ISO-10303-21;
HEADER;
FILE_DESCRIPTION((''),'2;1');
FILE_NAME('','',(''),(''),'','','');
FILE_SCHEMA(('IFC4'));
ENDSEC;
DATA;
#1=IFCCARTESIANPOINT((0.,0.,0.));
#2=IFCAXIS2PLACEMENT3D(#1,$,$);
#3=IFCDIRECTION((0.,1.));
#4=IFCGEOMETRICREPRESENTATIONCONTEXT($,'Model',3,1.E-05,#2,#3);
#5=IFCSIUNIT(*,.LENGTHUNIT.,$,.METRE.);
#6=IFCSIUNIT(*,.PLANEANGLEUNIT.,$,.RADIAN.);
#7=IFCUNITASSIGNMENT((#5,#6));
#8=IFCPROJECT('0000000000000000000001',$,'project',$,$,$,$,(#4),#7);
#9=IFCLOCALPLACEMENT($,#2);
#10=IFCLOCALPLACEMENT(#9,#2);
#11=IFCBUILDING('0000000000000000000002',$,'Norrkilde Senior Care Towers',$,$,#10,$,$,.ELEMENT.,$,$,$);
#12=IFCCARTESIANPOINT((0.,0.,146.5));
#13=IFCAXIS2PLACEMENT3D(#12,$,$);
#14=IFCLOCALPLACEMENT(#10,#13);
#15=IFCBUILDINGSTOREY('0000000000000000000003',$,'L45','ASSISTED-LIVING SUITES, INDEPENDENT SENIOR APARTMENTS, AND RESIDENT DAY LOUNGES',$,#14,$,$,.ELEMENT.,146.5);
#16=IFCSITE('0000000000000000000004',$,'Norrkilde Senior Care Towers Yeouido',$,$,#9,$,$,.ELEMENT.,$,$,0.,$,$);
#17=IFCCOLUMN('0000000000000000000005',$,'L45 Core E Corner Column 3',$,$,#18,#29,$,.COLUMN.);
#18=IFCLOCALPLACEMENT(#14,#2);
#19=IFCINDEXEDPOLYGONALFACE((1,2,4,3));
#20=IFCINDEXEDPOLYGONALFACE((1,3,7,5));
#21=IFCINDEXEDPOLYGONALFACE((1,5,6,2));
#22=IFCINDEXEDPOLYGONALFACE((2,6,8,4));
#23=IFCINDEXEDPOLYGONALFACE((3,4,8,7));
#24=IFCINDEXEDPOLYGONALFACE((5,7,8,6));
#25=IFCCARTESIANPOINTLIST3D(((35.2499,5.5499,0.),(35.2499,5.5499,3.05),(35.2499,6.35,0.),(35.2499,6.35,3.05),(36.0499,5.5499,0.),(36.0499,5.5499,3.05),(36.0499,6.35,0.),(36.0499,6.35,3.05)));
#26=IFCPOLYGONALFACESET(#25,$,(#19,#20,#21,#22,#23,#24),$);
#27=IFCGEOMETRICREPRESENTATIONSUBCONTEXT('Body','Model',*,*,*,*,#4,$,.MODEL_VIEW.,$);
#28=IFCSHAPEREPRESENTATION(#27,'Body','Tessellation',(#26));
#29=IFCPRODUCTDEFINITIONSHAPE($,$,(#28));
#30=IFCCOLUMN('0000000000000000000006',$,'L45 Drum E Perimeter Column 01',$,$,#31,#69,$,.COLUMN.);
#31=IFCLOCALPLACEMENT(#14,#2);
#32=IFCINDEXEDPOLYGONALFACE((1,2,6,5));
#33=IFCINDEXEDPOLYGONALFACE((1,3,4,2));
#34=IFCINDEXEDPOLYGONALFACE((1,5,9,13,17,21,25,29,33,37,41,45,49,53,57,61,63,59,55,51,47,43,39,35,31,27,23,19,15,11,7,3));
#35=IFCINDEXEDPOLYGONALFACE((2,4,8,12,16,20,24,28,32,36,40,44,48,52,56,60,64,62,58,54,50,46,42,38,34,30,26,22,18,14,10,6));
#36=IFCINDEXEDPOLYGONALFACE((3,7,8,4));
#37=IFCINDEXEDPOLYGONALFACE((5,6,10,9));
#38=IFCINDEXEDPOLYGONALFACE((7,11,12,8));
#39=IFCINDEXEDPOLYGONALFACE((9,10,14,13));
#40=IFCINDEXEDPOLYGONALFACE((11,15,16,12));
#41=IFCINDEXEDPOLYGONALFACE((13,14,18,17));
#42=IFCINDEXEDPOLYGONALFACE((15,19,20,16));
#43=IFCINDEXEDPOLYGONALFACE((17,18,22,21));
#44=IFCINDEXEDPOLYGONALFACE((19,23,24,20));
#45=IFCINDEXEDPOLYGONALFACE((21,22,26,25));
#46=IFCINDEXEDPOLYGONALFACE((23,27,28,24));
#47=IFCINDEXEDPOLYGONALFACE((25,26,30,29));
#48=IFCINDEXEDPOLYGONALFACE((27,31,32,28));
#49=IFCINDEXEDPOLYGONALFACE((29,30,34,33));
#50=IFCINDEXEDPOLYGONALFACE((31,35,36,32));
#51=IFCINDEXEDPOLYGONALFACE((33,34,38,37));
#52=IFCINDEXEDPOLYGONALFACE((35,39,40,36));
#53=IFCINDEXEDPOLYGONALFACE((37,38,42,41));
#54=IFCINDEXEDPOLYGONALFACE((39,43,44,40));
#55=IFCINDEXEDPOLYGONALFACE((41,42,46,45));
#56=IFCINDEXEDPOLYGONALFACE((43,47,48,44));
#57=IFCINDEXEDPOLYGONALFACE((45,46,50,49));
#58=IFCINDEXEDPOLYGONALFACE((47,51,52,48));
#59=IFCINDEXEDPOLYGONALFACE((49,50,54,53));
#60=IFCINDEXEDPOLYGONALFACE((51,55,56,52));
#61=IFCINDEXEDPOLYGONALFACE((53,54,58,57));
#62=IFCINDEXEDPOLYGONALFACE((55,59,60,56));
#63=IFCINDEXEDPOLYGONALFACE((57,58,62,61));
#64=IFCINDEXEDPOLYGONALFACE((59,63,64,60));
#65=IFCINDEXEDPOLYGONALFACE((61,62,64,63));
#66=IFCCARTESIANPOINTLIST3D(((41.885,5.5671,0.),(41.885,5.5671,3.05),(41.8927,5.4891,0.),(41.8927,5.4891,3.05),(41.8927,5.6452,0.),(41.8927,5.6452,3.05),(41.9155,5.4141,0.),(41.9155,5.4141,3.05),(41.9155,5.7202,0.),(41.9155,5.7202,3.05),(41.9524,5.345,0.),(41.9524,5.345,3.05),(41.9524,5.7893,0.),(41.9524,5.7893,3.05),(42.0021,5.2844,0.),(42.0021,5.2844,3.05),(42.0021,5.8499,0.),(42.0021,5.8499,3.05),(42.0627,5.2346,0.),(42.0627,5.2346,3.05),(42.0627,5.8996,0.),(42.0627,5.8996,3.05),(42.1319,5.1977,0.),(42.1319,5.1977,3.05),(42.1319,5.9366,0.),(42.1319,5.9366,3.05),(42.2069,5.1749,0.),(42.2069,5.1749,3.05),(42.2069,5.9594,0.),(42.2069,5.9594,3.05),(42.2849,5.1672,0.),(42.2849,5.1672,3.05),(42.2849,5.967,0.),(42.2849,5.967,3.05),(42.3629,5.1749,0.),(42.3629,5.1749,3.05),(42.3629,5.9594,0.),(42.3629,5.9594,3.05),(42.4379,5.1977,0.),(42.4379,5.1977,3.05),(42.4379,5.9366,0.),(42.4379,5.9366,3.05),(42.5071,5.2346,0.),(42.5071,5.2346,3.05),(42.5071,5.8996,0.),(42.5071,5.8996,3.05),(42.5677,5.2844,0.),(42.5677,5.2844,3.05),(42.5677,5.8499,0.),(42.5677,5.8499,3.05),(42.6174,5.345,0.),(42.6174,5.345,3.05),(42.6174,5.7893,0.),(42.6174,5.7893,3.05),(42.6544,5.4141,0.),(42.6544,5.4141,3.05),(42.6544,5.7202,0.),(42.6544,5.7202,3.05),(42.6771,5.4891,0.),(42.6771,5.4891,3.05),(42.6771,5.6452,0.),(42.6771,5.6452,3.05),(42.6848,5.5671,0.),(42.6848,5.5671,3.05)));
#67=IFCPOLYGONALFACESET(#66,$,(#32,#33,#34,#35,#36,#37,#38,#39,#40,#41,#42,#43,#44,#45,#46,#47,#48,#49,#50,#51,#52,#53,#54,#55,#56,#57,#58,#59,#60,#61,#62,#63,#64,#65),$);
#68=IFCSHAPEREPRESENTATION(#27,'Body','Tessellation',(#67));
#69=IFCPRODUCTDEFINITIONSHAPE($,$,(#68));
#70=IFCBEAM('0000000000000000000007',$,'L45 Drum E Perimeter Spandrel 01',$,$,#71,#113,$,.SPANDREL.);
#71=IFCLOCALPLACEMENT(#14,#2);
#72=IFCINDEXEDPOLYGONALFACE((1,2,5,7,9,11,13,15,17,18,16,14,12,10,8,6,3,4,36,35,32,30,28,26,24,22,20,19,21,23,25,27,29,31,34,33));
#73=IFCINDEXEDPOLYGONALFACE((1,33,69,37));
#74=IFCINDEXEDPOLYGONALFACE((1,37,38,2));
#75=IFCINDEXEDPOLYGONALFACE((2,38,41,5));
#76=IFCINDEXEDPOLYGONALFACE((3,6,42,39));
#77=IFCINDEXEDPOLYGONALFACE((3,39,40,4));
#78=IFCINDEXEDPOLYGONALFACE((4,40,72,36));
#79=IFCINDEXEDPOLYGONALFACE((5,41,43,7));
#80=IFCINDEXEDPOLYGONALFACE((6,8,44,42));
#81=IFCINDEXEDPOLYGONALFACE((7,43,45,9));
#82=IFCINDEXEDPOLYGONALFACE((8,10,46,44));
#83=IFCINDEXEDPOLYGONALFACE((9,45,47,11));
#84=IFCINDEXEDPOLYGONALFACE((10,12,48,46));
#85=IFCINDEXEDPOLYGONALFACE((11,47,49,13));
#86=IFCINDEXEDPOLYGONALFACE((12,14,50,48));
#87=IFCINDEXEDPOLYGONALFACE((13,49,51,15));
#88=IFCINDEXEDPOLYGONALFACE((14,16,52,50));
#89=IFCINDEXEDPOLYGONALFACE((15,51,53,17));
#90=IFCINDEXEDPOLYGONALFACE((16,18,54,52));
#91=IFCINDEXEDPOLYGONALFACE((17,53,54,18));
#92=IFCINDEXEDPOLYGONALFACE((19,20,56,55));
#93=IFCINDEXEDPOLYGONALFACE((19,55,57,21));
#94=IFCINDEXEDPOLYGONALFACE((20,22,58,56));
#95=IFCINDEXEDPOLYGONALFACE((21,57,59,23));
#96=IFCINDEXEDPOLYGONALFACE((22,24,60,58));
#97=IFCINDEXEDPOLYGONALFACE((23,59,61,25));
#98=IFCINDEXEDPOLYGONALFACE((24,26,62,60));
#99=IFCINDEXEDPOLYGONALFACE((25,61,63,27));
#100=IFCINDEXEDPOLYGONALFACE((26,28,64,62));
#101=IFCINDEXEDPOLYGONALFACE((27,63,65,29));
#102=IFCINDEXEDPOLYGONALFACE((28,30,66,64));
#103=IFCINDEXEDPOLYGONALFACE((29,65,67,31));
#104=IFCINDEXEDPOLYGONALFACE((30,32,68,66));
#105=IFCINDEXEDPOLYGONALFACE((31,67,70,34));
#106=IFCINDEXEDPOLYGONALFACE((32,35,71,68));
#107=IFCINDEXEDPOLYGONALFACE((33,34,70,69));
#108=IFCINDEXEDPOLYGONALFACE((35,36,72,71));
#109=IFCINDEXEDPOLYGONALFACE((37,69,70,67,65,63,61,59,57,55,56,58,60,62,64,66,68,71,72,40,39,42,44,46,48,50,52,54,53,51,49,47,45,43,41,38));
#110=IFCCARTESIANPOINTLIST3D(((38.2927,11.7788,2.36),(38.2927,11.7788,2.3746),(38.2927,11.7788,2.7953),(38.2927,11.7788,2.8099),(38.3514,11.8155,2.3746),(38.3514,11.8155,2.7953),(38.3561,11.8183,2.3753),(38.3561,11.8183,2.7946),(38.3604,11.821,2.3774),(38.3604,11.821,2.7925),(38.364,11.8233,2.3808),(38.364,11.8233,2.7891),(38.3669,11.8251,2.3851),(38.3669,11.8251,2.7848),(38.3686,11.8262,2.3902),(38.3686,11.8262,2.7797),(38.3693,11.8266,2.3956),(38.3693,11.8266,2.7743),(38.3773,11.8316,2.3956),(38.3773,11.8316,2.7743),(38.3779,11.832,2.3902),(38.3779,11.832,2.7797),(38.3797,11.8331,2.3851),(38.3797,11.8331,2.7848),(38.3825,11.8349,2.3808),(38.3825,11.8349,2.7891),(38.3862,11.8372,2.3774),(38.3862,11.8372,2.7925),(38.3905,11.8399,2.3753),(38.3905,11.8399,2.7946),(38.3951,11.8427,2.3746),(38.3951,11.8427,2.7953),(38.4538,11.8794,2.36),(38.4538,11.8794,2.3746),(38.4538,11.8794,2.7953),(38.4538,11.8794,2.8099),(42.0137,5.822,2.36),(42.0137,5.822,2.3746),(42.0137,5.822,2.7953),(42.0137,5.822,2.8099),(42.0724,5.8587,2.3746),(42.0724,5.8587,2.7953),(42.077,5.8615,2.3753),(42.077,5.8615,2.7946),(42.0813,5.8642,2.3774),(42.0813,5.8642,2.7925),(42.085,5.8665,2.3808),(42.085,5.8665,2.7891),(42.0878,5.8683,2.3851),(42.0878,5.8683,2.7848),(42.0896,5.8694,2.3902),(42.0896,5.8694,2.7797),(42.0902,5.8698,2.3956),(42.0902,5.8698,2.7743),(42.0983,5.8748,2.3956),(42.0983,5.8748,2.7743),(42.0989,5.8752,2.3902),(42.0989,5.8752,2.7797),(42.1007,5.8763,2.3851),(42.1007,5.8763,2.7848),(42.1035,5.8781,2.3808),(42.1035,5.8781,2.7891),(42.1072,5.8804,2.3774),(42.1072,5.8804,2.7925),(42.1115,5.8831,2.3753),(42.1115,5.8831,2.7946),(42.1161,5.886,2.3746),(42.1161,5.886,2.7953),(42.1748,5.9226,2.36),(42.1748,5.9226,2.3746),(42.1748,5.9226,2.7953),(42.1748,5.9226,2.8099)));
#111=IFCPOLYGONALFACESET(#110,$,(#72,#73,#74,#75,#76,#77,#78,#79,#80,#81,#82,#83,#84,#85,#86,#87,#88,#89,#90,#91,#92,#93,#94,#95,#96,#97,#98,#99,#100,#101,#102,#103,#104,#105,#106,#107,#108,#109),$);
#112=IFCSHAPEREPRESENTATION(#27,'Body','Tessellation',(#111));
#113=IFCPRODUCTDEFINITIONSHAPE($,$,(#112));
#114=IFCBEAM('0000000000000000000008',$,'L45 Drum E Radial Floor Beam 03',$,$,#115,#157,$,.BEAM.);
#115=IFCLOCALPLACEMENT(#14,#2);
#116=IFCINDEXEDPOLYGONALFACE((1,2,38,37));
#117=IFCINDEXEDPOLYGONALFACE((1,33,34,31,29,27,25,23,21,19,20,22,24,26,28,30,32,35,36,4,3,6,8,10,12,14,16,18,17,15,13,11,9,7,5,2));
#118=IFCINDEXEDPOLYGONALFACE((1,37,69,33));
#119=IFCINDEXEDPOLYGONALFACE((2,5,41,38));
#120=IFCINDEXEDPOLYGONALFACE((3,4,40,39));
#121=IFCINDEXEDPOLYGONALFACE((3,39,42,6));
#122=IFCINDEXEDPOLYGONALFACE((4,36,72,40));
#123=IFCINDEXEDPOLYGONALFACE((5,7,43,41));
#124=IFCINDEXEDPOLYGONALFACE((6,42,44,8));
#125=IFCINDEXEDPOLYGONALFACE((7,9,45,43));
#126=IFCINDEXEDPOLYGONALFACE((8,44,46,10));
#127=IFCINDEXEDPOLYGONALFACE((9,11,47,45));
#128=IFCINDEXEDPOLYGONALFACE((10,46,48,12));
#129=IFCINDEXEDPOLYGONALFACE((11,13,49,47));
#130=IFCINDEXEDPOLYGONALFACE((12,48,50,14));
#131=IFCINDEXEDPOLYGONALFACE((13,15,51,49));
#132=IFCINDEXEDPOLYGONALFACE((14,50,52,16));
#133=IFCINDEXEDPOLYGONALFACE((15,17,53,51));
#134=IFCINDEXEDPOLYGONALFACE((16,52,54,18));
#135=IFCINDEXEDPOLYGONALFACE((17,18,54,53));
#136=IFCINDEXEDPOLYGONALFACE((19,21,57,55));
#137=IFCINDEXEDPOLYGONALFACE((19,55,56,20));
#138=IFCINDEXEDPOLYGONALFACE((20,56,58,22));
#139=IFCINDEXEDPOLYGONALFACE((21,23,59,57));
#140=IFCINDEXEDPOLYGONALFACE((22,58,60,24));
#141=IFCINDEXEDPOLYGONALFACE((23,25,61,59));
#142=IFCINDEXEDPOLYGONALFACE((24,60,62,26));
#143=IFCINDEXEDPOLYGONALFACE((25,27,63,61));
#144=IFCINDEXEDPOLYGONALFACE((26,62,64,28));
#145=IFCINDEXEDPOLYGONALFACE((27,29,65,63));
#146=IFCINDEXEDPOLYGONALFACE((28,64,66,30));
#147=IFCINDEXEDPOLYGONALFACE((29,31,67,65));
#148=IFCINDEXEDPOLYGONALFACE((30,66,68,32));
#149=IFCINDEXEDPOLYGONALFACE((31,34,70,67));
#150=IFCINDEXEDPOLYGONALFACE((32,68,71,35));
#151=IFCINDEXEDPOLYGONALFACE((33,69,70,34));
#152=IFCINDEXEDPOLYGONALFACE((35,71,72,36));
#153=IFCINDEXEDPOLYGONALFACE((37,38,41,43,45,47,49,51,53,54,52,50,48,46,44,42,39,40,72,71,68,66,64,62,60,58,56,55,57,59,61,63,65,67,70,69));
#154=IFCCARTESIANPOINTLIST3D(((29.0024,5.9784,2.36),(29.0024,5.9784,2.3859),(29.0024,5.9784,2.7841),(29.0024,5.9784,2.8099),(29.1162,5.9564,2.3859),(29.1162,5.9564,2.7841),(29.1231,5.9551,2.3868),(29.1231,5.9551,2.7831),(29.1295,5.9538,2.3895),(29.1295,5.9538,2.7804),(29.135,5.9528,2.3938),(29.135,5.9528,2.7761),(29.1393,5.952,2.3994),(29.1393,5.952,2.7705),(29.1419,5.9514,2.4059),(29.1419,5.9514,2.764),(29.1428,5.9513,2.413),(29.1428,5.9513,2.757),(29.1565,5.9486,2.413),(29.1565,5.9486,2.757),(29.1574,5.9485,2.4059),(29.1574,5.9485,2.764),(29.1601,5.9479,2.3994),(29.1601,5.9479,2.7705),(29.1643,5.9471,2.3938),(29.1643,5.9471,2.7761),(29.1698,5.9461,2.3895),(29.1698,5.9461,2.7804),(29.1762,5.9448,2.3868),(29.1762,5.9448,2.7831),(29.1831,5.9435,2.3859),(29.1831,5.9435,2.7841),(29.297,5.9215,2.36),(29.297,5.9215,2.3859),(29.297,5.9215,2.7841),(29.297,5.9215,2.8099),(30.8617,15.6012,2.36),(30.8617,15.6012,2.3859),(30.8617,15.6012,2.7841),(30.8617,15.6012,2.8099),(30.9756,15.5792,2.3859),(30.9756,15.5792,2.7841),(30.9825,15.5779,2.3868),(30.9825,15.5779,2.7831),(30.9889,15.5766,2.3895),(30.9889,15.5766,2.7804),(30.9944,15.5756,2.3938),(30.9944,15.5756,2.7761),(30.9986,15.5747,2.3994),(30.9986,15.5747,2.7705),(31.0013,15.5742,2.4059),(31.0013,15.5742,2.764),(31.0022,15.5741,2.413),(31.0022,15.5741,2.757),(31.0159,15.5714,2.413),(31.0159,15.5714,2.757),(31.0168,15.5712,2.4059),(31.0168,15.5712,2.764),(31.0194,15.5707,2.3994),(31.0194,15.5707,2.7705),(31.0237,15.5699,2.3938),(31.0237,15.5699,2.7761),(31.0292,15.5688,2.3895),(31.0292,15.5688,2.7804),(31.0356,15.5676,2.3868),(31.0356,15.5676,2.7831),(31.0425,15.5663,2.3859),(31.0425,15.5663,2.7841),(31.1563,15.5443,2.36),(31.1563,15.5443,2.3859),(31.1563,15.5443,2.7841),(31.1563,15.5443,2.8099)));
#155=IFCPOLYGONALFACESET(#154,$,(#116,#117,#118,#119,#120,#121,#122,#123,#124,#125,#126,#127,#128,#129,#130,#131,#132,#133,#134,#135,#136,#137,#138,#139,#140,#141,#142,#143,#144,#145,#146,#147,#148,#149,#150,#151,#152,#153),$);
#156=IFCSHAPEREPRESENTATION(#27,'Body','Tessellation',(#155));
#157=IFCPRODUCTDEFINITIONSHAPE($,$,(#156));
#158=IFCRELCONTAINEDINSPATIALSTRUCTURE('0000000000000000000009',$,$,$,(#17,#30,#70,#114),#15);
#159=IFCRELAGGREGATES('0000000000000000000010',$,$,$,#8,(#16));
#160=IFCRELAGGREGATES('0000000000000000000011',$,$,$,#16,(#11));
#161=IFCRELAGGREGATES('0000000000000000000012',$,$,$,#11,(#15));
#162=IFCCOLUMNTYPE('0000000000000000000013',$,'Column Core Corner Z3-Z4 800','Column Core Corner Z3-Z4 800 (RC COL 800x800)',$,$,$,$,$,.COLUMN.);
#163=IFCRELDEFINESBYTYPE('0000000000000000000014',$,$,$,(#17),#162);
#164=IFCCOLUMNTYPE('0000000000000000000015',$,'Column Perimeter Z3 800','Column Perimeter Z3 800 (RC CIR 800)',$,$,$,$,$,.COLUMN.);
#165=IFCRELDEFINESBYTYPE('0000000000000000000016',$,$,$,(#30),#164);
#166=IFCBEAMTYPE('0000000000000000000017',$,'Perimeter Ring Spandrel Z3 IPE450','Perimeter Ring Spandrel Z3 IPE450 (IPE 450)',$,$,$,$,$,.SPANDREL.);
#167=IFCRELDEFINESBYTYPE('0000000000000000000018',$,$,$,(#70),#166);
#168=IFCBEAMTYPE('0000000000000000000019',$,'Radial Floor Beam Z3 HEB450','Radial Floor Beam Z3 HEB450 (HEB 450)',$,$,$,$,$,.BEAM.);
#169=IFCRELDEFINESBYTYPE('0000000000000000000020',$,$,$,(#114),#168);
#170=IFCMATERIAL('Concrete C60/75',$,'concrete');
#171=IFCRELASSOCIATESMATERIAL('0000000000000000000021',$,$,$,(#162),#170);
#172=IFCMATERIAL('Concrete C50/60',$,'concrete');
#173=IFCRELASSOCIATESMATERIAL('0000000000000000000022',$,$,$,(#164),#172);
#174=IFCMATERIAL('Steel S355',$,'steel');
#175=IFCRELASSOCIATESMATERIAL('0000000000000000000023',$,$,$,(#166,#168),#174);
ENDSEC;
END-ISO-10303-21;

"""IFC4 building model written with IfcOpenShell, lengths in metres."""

from ifc_helpers import new_model, si_unit, direction, frame, origin, origin_2d, place, context, subcontext, project, spatial, rectangle, circle, i_section, extrude, source, transform, mapped, material, material_profile, profile_set, type_object, type_shapes, element, save


model = new_model("IFC4")

# Units and contexts
model_context = context("Model", 3, precision=1e-05, world=origin(), true_north=direction((0.0, 1.0)))
body_context = subcontext(model_context, "Body", "Model", "MODEL_VIEW")
ifc_project = project(units=[si_unit("LENGTHUNIT", "METRE"), si_unit("PLANEANGLEUNIT", "RADIAN")], contexts=[model_context])

# Site, building, storey
site_placement = place(None, origin())
site = spatial("IfcSite", under=ifc_project, at=site_placement, Name="Norrkilde Senior Care Towers Yeouido", CompositionType="ELEMENT", RefElevation=0.0)
building_placement = place(site_placement, origin())
building = spatial("IfcBuilding", under=site, at=building_placement, Name="Norrkilde Senior Care Towers", CompositionType="ELEMENT")
storey_placement = place(building_placement, frame((0.0, 0.0, 146.5)))
storey = spatial("IfcBuildingStorey", under=building, at=storey_placement, Name="L45", Description="ASSISTED-LIVING SUITES, INDEPENDENT SENIOR APARTMENTS, AND RESIDENT DAY LOUNGES", CompositionType="ELEMENT", Elevation=146.5)

# Columns
ifc_material_1 = material(Name="Concrete C60/75", Category="concrete")
ifc_material_profile_1 = material_profile(ifc_material_1, rectangle(XDim=0.8, YDim=0.8, at=origin_2d()), Name="RC COL 800x800")
ifc_profile_set_1 = profile_set([ifc_material_profile_1], Name="Concrete C60/75")
column_type_1 = type_object("IfcColumnType", Name="Column Core Corner Z3-Z4 800", Description="Column Core Corner Z3-Z4 800 (RC COL 800x800)", PredefinedType="COLUMN", material=ifc_profile_set_1)
shared_shape_1 = source(origin(), body_context, "Body", "SweptSolid", [
    extrude(rectangle(XDim=0.8, YDim=0.8, at=origin_2d()), origin(), (0.0, 0.0, 1.0), 3.05),
])
type_shapes(column_type_1, [shared_shape_1])
column_1_placement = place(storey_placement, frame((35.6499, 5.95, 0.0), z_axis=(0.0, 0.0, 1.0), x_axis=(1.0, 0.0, 0.0)))
element("IfcColumn", 1, at=column_1_placement, inside=storey, type_object=column_type_1, Name="L45 Core E Corner Column 3", PredefinedType="COLUMN", context=body_context, shape_type="MappedRepresentation", body=[
    mapped(shared_shape_1, transform((0.0, 0.0, 0.0), x_axis=(1.0, 0.0, 0.0), y_axis=(0.0, 1.0, 0.0), z_axis=(0.0, 0.0, 1.0), scale=1.0)),
])
ifc_material_2 = material(Name="Concrete C50/60", Category="concrete")
ifc_material_profile_2 = material_profile(ifc_material_2, circle(Radius=0.3999, at=origin_2d()), Name="RC CIR 800")
ifc_profile_set_2 = profile_set([ifc_material_profile_2], Name="Concrete C50/60")
column_type_2 = type_object("IfcColumnType", Name="Column Perimeter Z3 800", Description="Column Perimeter Z3 800 (RC CIR 800)", PredefinedType="COLUMN", material=ifc_profile_set_2)
shared_shape_2 = source(origin(), body_context, "Body", "SweptSolid", [
    extrude(circle(Radius=0.3999, at=origin_2d()), origin(), (0.0, 0.0, 1.0), 3.05),
])
type_shapes(column_type_2, [shared_shape_2])
column_2_placement = place(storey_placement, frame((42.2849, 5.5671, 0.0), z_axis=(0.0, 0.0, 1.0), x_axis=(1.0, 0.0, 0.0)))
element("IfcColumn", 2, at=column_2_placement, inside=storey, type_object=column_type_2, Name="L45 Drum E Perimeter Column 01", PredefinedType="COLUMN", context=body_context, shape_type="MappedRepresentation", body=[
    mapped(shared_shape_2, transform((0.0, 0.0, 0.0), x_axis=(1.0, 0.0, 0.0), y_axis=(0.0, 1.0, 0.0), z_axis=(0.0, 0.0, 1.0), scale=1.0)),
])

# Beams
ifc_material_3 = material(Name="Steel S355", Category="steel")
ifc_material_profile_3 = material_profile(ifc_material_3, i_section(OverallWidth=0.1899, OverallDepth=0.45, WebThickness=0.0095, FlangeThickness=0.0146, FilletRadius=0.021, at=origin_2d()), Name="IPE 450")
ifc_profile_set_3 = profile_set([ifc_material_profile_3], Name="Steel S355")
beam_type_1 = type_object("IfcBeamType", Name="Perimeter Ring Spandrel Z3 IPE450", Description="Perimeter Ring Spandrel Z3 IPE450 (IPE 450)", PredefinedType="SPANDREL", material=ifc_profile_set_3)
shared_shape_3 = source(origin(), body_context, "Body", "SweptSolid", [
    extrude(i_section(OverallWidth=0.1899, OverallDepth=0.45, WebThickness=0.0095, FlangeThickness=0.0146, FilletRadius=0.021, at=origin_2d()), origin(), (0.0, 0.0, 1.0), 7.0234),
])
beam_1_placement = place(storey_placement, frame((42.0942, 5.8723, 2.585), z_axis=(-0.52979, 0.848129, 0.0), x_axis=(-0.848129, -0.52979, 0.0)))
element("IfcBeam", 3, at=beam_1_placement, inside=storey, type_object=beam_type_1, Name="L45 Drum E Perimeter Spandrel 01", PredefinedType="SPANDREL", context=body_context, shape_type="MappedRepresentation", body=[
    mapped(shared_shape_3, transform((0.0, 0.0, 0.0), x_axis=(1.0, 0.0, 0.0), y_axis=(0.0, 1.0, 0.0), z_axis=(0.0, 0.0, 1.0), scale=1.0)),
])
ifc_material_profile_4 = material_profile(ifc_material_3, i_section(OverallWidth=0.3, OverallDepth=0.45, WebThickness=0.0139, FlangeThickness=0.0259, FilletRadius=0.0271, at=origin_2d()), Name="HEB 450")
ifc_profile_set_4 = profile_set([ifc_material_profile_4], Name="Steel S355")
beam_type_2 = type_object("IfcBeamType", Name="Radial Floor Beam Z3 HEB450", Description="Radial Floor Beam Z3 HEB450 (HEB 450)", PredefinedType="BEAM", material=ifc_profile_set_4)
shared_shape_4 = source(origin(), body_context, "Body", "SweptSolid", [
    extrude(i_section(OverallWidth=0.3, OverallDepth=0.45, WebThickness=0.0139, FlangeThickness=0.0259, FilletRadius=0.0271, at=origin_2d()), origin(), (0.0, 0.0, 1.0), 9.8008),
])
beam_2_placement = place(storey_placement, frame((29.1497, 5.95, 2.585), z_axis=(0.189717, 0.981839, 0.0), x_axis=(-0.981839, 0.189717, 0.0)))
element("IfcBeam", 4, at=beam_2_placement, inside=storey, type_object=beam_type_2, Name="L45 Drum E Radial Floor Beam 03", PredefinedType="BEAM", context=body_context, shape_type="MappedRepresentation", body=[
    mapped(shared_shape_4, transform((0.0, 0.0, 0.0), x_axis=(1.0, 0.0, 0.0), y_axis=(0.0, 1.0, 0.0), z_axis=(0.0, 0.0, 1.0), scale=1.0)),
])

save(model, "model.ifc")
